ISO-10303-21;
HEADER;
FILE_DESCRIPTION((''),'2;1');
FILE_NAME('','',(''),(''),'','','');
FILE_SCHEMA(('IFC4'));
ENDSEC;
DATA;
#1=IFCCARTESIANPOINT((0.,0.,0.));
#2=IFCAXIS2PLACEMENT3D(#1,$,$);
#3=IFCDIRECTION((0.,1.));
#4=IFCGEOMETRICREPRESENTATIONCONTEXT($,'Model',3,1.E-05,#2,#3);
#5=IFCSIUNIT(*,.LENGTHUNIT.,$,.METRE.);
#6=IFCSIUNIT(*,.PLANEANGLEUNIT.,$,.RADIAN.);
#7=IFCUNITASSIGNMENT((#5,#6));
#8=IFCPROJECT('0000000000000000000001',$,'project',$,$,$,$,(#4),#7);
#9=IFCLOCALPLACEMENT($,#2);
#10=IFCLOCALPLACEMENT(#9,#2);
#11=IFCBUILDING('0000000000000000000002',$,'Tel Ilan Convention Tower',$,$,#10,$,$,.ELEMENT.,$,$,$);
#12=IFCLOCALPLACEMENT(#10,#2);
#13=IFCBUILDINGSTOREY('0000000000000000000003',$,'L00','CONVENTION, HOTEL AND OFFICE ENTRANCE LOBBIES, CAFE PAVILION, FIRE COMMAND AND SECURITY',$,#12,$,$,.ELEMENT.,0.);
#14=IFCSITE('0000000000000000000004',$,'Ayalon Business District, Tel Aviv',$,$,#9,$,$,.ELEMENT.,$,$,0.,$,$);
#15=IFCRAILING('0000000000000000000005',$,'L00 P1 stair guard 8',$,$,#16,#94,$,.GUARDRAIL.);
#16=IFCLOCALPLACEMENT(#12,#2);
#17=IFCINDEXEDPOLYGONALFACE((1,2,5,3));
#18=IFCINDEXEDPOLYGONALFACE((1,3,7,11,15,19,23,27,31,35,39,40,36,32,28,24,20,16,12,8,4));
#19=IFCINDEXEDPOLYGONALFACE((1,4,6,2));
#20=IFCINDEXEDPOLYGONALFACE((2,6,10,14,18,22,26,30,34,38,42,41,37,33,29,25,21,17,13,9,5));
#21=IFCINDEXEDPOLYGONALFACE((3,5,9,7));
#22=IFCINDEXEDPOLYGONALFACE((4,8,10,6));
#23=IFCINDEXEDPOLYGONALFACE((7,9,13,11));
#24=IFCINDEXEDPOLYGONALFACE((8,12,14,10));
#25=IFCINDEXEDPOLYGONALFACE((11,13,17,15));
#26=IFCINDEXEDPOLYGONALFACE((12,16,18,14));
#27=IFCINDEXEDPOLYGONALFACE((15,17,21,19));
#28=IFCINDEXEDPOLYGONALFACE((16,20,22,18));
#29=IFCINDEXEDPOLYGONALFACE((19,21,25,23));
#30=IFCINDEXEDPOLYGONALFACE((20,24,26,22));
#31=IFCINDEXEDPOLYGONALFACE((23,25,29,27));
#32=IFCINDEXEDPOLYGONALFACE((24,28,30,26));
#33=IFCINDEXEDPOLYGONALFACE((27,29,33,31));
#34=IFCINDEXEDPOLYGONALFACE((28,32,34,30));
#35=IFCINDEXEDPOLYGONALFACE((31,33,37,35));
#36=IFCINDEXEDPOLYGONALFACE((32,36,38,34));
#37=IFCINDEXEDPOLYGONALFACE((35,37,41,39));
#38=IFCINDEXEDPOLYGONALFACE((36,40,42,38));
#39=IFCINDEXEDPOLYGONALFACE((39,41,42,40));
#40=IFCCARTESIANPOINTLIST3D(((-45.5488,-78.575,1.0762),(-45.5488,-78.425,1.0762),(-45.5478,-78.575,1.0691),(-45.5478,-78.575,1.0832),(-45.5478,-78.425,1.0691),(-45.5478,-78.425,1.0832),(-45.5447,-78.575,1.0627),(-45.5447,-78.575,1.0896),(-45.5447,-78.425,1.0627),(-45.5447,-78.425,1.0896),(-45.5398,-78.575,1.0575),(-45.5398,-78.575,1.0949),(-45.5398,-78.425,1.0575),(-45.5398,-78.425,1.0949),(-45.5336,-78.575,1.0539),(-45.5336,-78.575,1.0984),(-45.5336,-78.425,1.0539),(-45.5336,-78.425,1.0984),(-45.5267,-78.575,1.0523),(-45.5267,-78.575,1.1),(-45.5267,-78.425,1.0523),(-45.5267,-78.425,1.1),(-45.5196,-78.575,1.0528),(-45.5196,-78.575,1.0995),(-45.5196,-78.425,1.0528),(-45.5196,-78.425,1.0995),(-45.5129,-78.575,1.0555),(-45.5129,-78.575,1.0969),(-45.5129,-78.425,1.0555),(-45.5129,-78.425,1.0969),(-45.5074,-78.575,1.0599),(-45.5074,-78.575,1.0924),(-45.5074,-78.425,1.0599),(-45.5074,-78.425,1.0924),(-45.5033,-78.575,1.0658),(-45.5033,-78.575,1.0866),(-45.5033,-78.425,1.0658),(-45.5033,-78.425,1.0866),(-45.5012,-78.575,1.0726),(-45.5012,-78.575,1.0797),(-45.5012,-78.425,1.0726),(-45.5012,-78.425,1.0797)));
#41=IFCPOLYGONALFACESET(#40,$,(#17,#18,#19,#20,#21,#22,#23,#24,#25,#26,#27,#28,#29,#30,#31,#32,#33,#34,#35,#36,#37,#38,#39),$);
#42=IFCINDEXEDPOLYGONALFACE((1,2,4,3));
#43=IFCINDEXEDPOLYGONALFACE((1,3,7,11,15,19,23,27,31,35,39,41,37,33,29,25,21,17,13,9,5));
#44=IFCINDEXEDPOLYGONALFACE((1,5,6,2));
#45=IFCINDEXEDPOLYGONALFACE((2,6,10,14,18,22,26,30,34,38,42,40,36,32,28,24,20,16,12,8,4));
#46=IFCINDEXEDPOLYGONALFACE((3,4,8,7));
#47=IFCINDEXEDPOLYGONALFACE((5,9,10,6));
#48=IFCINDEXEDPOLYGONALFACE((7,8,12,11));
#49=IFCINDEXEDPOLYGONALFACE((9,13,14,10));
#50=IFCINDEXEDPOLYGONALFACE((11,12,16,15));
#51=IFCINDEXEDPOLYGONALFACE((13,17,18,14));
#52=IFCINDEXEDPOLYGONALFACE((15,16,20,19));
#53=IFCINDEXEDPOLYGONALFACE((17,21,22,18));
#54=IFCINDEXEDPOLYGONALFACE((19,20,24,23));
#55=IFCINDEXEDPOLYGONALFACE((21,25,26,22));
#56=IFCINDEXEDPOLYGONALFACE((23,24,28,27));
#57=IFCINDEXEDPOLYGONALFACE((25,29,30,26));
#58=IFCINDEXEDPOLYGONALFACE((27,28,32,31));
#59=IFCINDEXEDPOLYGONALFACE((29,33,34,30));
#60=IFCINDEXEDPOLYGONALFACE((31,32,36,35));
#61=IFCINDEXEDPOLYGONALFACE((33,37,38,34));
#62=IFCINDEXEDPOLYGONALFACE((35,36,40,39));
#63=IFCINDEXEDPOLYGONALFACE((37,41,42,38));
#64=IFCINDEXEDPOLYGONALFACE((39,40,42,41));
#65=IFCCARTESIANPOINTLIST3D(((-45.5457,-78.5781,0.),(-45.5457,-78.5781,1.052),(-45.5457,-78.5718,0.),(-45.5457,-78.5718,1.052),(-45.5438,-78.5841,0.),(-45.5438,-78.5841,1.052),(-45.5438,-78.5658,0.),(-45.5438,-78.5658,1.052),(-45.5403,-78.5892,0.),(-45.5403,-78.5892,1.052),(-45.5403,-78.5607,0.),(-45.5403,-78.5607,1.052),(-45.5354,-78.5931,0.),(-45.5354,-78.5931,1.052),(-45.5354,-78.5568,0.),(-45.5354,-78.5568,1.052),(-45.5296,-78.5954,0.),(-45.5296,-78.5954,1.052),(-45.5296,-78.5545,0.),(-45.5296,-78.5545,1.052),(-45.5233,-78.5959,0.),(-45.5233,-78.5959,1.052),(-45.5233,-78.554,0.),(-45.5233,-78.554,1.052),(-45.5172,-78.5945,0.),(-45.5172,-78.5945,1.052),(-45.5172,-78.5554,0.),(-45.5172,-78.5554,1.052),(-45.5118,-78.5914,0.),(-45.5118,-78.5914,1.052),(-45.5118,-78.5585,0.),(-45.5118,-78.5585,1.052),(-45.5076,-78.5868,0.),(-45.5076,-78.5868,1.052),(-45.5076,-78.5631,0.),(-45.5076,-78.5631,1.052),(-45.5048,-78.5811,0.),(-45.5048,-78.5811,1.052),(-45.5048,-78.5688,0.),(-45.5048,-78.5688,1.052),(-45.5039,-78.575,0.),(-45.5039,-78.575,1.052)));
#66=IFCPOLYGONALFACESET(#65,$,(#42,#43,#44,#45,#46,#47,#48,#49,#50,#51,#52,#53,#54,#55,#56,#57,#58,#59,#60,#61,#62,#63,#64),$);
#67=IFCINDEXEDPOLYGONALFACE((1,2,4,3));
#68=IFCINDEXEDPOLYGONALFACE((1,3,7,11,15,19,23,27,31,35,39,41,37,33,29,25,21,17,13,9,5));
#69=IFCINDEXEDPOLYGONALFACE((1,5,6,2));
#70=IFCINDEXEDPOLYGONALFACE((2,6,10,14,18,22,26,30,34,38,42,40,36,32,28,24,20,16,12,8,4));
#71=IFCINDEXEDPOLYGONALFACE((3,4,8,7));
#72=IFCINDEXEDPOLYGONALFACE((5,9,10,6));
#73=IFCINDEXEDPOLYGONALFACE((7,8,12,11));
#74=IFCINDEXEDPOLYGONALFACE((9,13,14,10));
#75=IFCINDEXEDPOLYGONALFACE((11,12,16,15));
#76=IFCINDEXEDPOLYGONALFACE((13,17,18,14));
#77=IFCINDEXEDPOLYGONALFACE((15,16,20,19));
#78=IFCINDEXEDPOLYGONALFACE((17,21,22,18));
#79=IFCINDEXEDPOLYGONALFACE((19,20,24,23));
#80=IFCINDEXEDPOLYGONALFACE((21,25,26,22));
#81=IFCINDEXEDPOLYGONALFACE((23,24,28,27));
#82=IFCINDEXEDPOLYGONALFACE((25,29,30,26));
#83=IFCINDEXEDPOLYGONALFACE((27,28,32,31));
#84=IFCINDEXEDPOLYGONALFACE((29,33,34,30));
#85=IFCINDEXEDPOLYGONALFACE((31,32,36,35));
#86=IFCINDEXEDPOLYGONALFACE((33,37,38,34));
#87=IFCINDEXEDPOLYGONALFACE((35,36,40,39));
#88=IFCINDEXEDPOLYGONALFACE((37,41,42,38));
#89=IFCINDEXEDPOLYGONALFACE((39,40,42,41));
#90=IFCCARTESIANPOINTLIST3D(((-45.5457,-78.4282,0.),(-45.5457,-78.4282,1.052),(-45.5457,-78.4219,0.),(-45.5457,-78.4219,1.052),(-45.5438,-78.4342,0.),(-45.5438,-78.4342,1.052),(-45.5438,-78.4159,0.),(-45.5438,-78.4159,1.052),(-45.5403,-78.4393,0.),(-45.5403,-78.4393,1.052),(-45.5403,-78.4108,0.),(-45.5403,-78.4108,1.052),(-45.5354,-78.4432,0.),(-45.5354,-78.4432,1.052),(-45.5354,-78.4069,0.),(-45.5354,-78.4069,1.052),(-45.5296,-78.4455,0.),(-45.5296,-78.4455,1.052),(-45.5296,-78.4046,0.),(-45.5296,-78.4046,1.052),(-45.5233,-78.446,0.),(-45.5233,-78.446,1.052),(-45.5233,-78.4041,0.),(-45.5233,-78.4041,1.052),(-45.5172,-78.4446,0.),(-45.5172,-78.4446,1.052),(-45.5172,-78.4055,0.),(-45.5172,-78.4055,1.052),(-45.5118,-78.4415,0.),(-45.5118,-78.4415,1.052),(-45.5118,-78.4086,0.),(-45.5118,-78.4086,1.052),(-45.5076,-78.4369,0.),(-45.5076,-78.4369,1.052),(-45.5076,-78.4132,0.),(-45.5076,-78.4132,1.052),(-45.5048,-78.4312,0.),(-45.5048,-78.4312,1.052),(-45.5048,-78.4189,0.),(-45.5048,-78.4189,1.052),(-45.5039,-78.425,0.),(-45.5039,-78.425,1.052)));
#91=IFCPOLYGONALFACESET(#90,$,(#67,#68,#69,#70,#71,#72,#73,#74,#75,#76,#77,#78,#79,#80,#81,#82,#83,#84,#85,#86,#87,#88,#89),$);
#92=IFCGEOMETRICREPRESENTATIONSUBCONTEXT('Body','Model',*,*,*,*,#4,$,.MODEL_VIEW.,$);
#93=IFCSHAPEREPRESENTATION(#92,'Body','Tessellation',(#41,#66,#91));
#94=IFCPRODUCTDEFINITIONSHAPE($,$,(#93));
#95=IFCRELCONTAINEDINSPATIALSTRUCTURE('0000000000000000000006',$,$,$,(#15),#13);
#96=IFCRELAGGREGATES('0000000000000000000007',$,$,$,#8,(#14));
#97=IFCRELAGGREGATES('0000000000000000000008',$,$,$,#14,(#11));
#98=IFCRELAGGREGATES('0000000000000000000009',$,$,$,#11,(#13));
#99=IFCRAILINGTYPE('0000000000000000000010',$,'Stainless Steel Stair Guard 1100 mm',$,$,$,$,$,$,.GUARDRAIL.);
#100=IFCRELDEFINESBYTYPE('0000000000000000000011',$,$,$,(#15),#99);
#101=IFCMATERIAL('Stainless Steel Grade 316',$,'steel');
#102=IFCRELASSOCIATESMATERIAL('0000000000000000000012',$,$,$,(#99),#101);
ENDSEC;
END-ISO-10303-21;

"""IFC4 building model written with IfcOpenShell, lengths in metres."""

from ifc_helpers import new_model, si_unit, direction, frame, origin, origin_2d, place, context, subcontext, project, spatial, circle, extrude, material, type_object, element, save


model = new_model("IFC4")

# Units and contexts
model_context = context("Model", 3, precision=1e-05, world=origin(), true_north=direction((0.0, 1.0)))
body_context = subcontext(model_context, "Body", "Model", "MODEL_VIEW")
ifc_project = project(units=[si_unit("LENGTHUNIT", "METRE"), si_unit("PLANEANGLEUNIT", "RADIAN")], contexts=[model_context])

# Site, building, storey
site_placement = place(None, origin())
site = spatial("IfcSite", under=ifc_project, at=site_placement, Name="Ayalon Business District, Tel Aviv", CompositionType="ELEMENT", RefElevation=0.0)
building_placement = place(site_placement, origin())
building = spatial("IfcBuilding", under=site, at=building_placement, Name="Tel Ilan Convention Tower", CompositionType="ELEMENT")
storey_placement = place(building_placement, origin())
storey = spatial("IfcBuildingStorey", under=building, at=storey_placement, Name="L00", Description="CONVENTION, HOTEL AND OFFICE ENTRANCE LOBBIES, CAFE PAVILION, FIRE COMMAND AND SECURITY", CompositionType="ELEMENT", Elevation=0.0)

# Railing
ifc_material_1 = material(Name="Stainless Steel Grade 316", Category="steel")
railing_type_1 = type_object("IfcRailingType", Name="Stainless Steel Stair Guard 1100 mm", PredefinedType="GUARDRAIL", material=ifc_material_1)
railing_1_placement = place(storey_placement, frame((-45.5249, -78.575, 0.0)))
element("IfcRailing", 1, at=railing_1_placement, inside=storey, type_object=railing_type_1, Name="L00 P1 stair guard 8", PredefinedType="GUARDRAIL", context=body_context, shape_type="SweptSolid", body=[
    extrude(circle(Radius=0.0239, at=origin_2d()), frame((0.0, 0.0, 1.0762), z_axis=(0.0, 1.0, 0.0), x_axis=(-1.0, 0.0, 0.0)), (0.0, 0.0, 1.0), 0.1499),
    extrude(circle(Radius=0.021, at=origin_2d()), origin(), (0.0, 0.0, 1.0), 1.052),
    extrude(circle(Radius=0.021, at=origin_2d()), frame((0.0, 0.1499, 0.0)), (0.0, 0.0, 1.0), 1.052),
])

save(model, "model.ifc")
